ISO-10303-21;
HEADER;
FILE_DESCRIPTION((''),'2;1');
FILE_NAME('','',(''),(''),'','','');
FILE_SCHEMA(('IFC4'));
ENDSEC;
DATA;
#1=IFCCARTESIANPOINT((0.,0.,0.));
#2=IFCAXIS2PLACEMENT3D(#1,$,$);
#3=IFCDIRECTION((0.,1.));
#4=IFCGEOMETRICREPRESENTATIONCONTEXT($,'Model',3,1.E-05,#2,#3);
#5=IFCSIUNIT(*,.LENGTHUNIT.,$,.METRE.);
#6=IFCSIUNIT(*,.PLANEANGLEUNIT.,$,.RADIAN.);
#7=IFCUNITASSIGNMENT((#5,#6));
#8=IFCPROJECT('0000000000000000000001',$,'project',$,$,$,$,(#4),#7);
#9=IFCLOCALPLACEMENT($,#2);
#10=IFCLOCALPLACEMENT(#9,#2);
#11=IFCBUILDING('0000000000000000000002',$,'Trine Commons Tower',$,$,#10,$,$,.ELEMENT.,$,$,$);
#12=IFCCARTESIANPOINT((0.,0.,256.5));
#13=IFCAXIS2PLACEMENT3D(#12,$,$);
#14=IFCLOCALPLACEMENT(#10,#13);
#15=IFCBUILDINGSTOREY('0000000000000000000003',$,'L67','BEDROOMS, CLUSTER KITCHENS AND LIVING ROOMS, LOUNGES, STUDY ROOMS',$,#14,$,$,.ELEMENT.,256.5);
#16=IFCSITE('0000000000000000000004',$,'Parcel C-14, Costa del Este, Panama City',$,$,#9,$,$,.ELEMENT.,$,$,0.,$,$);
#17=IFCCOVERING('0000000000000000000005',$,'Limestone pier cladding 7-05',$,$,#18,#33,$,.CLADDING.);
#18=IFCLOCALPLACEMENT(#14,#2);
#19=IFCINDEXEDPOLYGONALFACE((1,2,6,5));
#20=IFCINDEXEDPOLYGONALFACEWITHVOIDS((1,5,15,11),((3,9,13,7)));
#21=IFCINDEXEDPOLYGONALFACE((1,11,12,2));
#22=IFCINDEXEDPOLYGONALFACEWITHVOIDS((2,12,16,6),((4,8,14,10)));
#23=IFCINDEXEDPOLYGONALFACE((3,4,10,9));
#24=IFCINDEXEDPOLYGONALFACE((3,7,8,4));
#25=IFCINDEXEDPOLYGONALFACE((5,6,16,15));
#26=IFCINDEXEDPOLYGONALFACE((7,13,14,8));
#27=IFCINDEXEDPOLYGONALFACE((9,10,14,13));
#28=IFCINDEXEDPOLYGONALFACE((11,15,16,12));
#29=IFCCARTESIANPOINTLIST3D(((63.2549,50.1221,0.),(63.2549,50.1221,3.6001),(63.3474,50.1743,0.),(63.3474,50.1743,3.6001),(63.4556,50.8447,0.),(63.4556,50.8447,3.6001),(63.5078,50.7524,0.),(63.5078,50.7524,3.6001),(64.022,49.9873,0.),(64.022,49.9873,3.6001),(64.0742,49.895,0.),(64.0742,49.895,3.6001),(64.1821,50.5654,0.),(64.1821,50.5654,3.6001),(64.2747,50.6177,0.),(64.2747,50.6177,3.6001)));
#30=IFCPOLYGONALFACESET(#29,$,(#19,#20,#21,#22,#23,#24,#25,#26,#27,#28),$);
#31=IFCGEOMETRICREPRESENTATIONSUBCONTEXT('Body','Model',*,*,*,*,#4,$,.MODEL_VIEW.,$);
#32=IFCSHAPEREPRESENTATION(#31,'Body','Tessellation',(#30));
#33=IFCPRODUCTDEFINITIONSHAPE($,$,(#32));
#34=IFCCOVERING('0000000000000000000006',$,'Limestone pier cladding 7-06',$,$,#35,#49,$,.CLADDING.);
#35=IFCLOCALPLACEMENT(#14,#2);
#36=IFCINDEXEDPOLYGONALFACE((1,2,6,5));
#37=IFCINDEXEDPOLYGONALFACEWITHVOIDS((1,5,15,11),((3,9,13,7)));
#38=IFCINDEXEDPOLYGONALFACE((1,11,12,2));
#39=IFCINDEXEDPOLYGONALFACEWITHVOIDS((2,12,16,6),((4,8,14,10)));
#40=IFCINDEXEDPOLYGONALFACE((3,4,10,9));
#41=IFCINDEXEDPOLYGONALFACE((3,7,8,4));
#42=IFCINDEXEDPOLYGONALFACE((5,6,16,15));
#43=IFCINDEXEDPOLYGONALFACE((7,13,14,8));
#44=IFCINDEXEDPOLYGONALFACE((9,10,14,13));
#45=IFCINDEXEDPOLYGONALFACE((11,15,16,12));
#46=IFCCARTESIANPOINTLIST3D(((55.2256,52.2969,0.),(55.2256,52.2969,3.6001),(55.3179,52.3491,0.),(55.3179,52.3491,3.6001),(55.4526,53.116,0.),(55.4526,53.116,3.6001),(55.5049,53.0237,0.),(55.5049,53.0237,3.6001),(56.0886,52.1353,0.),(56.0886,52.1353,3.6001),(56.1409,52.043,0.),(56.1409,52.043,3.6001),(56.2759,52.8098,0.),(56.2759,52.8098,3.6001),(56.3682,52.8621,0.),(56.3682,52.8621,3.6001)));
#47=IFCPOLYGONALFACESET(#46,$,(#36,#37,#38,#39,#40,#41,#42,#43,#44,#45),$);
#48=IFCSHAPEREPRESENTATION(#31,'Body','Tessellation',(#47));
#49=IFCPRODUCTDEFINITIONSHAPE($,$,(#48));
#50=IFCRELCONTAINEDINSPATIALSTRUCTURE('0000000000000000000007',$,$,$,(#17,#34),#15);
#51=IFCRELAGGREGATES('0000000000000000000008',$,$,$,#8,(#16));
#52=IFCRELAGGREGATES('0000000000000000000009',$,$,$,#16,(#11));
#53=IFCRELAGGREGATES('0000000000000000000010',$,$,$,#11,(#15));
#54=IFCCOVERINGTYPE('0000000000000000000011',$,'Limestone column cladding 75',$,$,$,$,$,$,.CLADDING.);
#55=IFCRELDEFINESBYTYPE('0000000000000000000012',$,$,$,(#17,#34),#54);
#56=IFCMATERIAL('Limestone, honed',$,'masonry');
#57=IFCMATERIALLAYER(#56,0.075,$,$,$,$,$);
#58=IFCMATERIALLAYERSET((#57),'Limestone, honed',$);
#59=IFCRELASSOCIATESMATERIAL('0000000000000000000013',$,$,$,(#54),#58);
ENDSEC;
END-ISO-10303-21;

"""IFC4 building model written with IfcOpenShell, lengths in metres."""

from ifc_helpers import new_model, si_unit, direction, frame, origin, place, context, subcontext, project, spatial, polyline, outline, extrude, material, layer, layer_set, type_object, element, save


model = new_model("IFC4")

# Units and contexts
model_context = context("Model", 3, precision=1e-05, world=origin(), true_north=direction((0.0, 1.0)))
body_context = subcontext(model_context, "Body", "Model", "MODEL_VIEW")
ifc_project = project(units=[si_unit("LENGTHUNIT", "METRE"), si_unit("PLANEANGLEUNIT", "RADIAN")], contexts=[model_context])

# Site, building, storey
site_placement = place(None, origin())
site = spatial("IfcSite", under=ifc_project, at=site_placement, Name="Parcel C-14, Costa del Este, Panama City", CompositionType="ELEMENT", RefElevation=0.0)
building_placement = place(site_placement, origin())
building = spatial("IfcBuilding", under=site, at=building_placement, Name="Trine Commons Tower", CompositionType="ELEMENT")
storey_placement = place(building_placement, frame((0.0, 0.0, 256.5)))
storey = spatial("IfcBuildingStorey", under=building, at=storey_placement, Name="L67", Description="BEDROOMS, CLUSTER KITCHENS AND LIVING ROOMS, LOUNGES, STUDY ROOMS", CompositionType="ELEMENT", Elevation=256.5)

# Coverings
ifc_material_1 = material(Name="Limestone, honed", Category="masonry")
ifc_layer_1 = layer(ifc_material_1, 0.075)
ifc_layer_set_1 = layer_set([ifc_layer_1], Name="Limestone, honed")
covering_type_1 = type_object("IfcCoveringType", Name="Limestone column cladding 75", PredefinedType="CLADDING", material=ifc_layer_set_1)
covering_1_placement = place(storey_placement, origin())
element("IfcCovering", 1, at=covering_1_placement, inside=storey, type_object=covering_type_1, Name="Limestone pier cladding 7-05", PredefinedType="CLADDING", context=body_context, shape_type="SweptSolid", body=[
    extrude(outline(polyline([(63.4556, 50.8447), (63.2549, 50.1221), (64.0742, 49.895), (64.2747, 50.6177), (63.4556, 50.8447)]), holes=[polyline([(63.5078, 50.7524), (63.3474, 50.1743), (64.022, 49.9873), (64.1821, 50.5654), (63.5078, 50.7524)])]), origin(), (0.0, 0.0, 1.0), 3.6001),
])
covering_2_placement = place(storey_placement, origin())
element("IfcCovering", 2, at=covering_2_placement, inside=storey, type_object=covering_type_1, Name="Limestone pier cladding 7-06", PredefinedType="CLADDING", context=body_context, shape_type="SweptSolid", body=[
    extrude(outline(polyline([(55.4526, 53.116), (55.2256, 52.2969), (56.1409, 52.043), (56.3682, 52.8621), (55.4526, 53.116)]), holes=[polyline([(55.5049, 53.0237), (55.3179, 52.3491), (56.0886, 52.1353), (56.2759, 52.8098), (55.5049, 53.0237)])]), origin(), (0.0, 0.0, 1.0), 3.6001),
])

save(model, "model.ifc")
